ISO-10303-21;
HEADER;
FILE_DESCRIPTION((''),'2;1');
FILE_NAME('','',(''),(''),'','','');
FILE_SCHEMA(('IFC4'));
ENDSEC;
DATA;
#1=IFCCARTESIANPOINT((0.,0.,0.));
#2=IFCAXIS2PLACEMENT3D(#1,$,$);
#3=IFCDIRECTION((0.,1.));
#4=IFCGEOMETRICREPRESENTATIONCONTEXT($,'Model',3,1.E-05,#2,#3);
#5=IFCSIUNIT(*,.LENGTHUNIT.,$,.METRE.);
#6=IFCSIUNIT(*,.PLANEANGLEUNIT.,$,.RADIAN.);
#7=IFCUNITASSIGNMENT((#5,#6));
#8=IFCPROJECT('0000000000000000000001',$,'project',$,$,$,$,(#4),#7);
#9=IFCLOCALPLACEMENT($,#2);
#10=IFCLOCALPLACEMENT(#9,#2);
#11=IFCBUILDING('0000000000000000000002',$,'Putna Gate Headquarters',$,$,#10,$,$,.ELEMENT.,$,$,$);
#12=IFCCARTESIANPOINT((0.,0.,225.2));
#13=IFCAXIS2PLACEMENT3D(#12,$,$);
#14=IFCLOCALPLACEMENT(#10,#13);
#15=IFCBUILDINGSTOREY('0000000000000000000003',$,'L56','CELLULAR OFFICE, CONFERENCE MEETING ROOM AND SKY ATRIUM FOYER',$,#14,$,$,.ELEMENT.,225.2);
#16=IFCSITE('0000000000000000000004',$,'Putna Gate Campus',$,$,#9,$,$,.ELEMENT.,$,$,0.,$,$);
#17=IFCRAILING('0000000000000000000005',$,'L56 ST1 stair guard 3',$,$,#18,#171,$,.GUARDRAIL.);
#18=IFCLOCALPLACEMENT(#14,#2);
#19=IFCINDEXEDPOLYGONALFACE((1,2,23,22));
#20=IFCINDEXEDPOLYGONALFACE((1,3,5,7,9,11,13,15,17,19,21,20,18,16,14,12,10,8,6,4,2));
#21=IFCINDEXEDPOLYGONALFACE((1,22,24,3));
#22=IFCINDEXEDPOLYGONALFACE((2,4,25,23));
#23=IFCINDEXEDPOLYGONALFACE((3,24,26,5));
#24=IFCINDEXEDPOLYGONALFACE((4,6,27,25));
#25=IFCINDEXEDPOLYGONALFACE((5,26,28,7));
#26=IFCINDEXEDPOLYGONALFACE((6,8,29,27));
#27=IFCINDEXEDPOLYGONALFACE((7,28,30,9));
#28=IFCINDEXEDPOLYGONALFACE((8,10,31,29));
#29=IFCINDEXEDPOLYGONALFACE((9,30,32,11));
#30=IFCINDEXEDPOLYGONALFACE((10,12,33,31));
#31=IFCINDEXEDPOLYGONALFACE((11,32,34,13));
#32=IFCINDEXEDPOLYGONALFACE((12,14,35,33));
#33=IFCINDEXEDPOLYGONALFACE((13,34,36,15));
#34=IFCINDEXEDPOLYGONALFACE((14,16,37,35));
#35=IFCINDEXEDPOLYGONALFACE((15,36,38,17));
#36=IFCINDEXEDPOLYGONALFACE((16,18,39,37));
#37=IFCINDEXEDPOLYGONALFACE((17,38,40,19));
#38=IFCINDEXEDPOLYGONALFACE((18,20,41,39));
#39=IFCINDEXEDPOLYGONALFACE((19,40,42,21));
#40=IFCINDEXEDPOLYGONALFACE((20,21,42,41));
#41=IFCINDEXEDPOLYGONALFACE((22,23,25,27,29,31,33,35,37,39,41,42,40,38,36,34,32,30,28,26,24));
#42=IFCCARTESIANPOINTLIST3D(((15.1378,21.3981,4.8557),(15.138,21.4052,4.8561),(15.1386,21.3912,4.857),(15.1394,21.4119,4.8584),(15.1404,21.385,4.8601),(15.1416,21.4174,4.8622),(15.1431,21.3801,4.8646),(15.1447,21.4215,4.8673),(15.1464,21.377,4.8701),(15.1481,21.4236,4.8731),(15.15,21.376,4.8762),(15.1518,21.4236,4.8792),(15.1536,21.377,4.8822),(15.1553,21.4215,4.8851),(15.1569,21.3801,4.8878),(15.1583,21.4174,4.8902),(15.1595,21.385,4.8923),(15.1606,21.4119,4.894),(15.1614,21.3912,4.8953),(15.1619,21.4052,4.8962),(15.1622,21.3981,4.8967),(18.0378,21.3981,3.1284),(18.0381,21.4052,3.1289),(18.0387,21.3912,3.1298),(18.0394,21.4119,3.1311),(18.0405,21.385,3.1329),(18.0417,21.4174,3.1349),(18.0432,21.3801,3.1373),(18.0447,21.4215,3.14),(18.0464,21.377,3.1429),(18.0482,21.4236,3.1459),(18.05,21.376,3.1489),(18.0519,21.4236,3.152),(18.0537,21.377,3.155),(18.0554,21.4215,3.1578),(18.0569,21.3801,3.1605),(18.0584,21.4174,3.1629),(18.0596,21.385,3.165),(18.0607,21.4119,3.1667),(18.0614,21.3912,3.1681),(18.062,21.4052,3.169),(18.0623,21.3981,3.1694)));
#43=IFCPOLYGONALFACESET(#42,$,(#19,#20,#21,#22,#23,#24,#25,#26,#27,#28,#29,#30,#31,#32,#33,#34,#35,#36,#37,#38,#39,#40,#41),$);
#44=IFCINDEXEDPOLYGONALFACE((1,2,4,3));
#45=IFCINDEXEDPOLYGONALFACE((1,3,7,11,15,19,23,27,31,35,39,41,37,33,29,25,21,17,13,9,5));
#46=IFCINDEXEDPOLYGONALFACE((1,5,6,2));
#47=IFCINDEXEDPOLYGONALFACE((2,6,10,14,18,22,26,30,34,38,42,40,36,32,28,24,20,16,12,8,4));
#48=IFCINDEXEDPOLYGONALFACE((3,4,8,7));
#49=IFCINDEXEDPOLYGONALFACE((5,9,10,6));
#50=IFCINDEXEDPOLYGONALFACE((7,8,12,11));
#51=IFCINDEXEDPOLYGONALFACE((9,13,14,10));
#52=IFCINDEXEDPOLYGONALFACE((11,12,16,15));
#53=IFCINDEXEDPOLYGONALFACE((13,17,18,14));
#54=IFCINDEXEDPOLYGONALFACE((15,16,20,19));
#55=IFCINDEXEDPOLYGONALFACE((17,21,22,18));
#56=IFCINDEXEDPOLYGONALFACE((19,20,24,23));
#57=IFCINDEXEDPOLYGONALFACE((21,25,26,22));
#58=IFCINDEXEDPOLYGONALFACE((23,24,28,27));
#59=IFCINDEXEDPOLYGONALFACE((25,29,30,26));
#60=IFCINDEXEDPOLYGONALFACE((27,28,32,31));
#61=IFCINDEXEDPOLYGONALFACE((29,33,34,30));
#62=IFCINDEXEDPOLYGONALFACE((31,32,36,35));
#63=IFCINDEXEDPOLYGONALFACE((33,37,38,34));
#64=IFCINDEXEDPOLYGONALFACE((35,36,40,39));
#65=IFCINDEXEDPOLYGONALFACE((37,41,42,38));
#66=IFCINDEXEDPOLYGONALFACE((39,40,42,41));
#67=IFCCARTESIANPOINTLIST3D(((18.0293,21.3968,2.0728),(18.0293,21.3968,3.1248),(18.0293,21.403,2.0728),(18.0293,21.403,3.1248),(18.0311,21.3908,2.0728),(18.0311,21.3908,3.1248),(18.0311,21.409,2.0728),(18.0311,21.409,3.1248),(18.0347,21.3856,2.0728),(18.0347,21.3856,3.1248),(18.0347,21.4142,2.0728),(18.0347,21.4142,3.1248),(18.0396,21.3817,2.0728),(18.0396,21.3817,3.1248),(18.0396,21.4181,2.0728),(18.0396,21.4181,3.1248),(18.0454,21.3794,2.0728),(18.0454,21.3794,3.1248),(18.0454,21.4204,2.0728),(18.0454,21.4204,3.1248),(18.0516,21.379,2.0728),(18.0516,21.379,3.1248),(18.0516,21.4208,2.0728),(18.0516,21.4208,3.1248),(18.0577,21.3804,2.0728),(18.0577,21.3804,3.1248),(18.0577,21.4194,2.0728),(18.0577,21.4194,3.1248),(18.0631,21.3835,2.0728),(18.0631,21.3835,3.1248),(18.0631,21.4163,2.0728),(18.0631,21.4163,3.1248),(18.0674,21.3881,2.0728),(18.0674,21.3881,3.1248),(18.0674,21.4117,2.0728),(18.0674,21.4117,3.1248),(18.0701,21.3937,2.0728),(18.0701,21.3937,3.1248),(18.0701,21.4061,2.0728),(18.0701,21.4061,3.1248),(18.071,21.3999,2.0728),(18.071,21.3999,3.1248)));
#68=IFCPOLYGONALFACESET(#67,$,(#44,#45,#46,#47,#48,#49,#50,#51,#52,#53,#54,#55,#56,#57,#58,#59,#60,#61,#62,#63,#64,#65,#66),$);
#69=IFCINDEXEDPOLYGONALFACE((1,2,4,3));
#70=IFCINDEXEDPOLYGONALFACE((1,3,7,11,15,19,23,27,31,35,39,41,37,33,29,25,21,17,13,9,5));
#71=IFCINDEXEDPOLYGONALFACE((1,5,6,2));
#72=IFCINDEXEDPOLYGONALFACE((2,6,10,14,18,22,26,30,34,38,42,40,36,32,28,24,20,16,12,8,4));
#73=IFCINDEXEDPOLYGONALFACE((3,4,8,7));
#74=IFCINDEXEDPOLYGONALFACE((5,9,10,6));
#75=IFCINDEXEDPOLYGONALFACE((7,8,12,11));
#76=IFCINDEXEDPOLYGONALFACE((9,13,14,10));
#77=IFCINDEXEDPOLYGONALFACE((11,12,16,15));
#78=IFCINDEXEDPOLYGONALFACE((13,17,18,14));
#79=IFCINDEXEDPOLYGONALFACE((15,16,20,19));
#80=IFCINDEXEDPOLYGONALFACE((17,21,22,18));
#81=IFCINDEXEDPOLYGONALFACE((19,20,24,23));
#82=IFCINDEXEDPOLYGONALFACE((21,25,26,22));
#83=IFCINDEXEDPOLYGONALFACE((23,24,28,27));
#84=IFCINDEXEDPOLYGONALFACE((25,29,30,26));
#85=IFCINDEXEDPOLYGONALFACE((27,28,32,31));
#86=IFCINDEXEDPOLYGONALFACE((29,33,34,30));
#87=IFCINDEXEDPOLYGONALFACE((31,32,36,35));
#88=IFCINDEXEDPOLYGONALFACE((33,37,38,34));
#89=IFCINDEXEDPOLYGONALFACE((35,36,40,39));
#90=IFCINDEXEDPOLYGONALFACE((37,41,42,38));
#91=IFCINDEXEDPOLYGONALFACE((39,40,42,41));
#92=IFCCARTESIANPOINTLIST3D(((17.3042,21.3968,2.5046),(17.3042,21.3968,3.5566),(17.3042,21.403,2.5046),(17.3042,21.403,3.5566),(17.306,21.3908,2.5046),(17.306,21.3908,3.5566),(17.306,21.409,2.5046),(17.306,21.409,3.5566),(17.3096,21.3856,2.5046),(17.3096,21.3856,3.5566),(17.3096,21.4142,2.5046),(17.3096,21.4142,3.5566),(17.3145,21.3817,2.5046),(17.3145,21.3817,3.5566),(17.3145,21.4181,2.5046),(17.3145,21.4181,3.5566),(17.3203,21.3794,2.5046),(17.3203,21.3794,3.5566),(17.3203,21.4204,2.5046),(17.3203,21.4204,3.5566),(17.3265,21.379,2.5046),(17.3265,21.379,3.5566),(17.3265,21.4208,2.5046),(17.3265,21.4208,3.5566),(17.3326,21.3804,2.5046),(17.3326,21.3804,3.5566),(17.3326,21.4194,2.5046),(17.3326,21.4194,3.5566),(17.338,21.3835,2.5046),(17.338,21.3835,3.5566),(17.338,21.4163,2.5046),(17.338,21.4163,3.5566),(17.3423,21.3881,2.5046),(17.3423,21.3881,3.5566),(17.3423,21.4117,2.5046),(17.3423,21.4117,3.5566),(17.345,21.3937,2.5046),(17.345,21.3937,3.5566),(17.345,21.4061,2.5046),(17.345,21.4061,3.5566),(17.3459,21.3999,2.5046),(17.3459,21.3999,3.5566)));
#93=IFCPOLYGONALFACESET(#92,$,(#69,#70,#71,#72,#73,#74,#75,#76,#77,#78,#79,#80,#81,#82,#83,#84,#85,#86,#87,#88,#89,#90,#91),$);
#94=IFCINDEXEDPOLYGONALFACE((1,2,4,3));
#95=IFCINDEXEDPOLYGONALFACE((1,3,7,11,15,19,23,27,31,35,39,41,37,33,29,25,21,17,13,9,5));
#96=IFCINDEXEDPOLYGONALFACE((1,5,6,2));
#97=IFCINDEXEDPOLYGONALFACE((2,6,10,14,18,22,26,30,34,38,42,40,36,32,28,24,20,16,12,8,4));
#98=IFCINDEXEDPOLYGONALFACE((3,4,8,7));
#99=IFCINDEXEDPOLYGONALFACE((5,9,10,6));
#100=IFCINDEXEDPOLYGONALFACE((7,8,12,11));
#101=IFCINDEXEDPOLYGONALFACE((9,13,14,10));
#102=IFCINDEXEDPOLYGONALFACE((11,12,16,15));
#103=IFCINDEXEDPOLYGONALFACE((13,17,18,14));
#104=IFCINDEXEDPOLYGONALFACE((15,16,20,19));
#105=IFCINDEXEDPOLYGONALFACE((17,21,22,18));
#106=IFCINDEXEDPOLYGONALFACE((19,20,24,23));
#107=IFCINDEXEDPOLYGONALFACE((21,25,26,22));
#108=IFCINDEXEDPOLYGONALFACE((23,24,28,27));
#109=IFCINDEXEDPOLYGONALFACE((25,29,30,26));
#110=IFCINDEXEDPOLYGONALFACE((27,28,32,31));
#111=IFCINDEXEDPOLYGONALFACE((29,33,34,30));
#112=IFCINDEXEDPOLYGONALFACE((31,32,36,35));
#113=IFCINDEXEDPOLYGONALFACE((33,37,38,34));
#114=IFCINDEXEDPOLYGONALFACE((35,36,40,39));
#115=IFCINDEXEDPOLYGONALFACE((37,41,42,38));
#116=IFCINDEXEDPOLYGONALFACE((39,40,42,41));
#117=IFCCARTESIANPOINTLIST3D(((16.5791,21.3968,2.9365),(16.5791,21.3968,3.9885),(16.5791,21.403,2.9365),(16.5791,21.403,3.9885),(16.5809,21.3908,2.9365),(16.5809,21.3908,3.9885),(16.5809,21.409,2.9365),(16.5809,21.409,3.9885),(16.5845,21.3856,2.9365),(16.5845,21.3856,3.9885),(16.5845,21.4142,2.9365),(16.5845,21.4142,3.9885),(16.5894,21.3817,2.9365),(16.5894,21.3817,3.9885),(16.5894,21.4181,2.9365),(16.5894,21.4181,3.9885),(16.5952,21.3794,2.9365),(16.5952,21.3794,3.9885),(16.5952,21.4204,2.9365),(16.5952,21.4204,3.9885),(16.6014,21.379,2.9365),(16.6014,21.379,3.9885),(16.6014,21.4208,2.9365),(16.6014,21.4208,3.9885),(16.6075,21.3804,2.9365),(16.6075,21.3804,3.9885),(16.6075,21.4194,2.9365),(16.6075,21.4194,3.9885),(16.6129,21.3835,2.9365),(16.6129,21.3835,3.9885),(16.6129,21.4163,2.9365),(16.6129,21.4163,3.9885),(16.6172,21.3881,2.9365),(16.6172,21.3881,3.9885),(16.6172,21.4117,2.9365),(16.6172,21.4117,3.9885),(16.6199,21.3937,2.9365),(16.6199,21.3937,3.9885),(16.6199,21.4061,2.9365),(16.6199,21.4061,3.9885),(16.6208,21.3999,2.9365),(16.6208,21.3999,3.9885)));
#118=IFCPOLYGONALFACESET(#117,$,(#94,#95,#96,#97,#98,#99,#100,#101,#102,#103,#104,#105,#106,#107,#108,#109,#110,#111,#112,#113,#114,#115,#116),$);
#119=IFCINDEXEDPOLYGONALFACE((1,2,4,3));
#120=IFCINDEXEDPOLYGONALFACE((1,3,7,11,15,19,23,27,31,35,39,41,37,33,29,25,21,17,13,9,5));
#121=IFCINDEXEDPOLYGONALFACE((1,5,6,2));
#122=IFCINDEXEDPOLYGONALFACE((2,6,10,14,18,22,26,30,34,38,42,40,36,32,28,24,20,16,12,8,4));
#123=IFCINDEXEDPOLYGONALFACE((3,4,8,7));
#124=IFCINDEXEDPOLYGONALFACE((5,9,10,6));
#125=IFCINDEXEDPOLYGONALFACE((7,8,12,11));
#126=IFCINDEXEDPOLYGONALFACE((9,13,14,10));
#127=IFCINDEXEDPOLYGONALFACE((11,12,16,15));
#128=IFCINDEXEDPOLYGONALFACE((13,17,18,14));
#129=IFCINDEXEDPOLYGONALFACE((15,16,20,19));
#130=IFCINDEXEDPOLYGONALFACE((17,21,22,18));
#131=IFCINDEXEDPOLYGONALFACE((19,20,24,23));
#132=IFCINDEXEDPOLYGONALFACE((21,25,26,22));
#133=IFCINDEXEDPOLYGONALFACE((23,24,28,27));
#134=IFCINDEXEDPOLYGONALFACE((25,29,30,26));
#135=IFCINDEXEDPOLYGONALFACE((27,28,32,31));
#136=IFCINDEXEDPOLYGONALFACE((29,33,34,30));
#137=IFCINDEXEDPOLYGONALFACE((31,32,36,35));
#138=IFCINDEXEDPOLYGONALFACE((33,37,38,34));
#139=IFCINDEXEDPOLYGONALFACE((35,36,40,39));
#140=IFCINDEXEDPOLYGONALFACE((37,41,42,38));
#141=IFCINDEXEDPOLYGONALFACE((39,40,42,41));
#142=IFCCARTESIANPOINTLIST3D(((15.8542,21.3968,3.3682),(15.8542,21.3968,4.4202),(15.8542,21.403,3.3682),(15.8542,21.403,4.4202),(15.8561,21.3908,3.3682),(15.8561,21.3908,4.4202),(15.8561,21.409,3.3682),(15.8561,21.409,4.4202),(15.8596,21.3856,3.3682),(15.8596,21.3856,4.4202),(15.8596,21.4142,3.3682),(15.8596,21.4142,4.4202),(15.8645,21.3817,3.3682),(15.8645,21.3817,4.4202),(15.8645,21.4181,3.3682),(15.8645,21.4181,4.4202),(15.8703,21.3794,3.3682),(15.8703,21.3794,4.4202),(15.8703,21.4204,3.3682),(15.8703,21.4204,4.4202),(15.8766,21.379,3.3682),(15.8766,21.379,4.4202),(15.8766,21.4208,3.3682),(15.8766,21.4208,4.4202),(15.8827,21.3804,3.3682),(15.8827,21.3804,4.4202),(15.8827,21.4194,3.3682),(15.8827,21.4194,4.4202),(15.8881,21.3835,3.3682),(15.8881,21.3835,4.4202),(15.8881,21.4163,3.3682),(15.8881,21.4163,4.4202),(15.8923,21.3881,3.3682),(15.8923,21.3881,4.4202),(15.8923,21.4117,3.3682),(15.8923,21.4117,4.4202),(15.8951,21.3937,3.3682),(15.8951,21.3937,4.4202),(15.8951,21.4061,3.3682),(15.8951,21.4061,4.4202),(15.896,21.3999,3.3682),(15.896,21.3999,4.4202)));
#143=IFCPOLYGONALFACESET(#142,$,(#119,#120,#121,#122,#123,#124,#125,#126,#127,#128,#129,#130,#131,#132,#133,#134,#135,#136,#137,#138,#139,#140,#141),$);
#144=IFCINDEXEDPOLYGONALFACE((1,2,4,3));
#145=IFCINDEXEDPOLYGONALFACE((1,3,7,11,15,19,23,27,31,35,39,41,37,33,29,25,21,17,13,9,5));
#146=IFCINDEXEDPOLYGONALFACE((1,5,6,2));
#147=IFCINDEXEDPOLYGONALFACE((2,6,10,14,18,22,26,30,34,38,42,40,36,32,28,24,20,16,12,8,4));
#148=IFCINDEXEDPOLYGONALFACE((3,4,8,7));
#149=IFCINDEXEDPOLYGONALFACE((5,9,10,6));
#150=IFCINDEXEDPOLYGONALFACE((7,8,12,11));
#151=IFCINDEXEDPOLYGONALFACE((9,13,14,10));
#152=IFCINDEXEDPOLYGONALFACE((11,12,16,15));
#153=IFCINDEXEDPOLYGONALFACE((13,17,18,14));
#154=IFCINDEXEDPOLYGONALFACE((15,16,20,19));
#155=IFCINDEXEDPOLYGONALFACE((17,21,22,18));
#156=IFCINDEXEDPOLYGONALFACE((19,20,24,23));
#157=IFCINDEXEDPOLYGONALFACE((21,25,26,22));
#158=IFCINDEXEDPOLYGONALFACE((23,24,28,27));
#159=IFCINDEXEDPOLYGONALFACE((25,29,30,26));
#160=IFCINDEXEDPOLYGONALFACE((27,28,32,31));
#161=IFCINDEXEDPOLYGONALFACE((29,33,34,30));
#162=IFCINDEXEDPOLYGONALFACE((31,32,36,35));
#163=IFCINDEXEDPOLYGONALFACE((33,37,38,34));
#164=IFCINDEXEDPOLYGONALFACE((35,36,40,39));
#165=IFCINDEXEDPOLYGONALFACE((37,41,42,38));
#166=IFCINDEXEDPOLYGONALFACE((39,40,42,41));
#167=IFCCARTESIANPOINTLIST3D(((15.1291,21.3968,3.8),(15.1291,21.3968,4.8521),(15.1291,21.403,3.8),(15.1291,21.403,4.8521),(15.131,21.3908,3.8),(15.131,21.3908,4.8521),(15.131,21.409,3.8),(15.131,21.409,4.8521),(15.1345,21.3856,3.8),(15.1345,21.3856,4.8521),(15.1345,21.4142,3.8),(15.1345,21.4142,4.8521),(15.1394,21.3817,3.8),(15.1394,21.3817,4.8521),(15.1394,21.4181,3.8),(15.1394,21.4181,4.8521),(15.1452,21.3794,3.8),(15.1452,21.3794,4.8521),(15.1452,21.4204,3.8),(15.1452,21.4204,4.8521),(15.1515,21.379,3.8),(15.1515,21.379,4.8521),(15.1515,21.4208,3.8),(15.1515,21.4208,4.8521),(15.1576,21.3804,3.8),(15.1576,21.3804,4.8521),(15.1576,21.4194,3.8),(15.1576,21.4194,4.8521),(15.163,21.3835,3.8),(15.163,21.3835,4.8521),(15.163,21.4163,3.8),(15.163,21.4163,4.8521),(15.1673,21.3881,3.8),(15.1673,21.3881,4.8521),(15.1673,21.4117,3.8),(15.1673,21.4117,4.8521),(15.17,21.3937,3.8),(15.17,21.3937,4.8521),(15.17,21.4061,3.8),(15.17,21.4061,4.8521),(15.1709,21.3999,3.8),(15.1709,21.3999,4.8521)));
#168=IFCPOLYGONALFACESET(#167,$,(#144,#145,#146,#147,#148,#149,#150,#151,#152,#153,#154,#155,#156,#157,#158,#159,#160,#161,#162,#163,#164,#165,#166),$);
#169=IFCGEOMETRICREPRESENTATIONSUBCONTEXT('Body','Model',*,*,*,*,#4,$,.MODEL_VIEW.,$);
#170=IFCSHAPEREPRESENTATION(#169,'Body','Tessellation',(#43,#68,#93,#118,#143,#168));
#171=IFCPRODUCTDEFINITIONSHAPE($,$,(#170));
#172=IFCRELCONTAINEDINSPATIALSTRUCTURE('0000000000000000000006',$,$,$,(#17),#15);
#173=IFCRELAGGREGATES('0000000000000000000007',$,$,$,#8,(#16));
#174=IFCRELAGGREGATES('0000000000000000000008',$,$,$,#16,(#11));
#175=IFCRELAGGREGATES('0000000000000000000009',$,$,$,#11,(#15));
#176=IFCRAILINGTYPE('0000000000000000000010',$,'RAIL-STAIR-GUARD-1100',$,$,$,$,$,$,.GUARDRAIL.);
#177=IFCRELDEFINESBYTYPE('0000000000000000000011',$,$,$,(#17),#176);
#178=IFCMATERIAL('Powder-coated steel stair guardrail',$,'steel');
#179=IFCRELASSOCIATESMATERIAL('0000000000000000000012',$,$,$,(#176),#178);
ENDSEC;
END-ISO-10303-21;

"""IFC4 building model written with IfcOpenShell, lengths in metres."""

from ifc_helpers import new_model, si_unit, direction, frame, origin, origin_2d, place, context, subcontext, project, spatial, circle, extrude, material, type_object, element, save


model = new_model("IFC4")

# Units and contexts
model_context = context("Model", 3, precision=1e-05, world=origin(), true_north=direction((0.0, 1.0)))
body_context = subcontext(model_context, "Body", "Model", "MODEL_VIEW")
ifc_project = project(units=[si_unit("LENGTHUNIT", "METRE"), si_unit("PLANEANGLEUNIT", "RADIAN")], contexts=[model_context])

# Site, building, storey
site_placement = place(None, origin())
site = spatial("IfcSite", under=ifc_project, at=site_placement, Name="Putna Gate Campus", CompositionType="ELEMENT", RefElevation=0.0)
building_placement = place(site_placement, origin())
building = spatial("IfcBuilding", under=site, at=building_placement, Name="Putna Gate Headquarters", CompositionType="ELEMENT")
storey_placement = place(building_placement, frame((0.0, 0.0, 225.2)))
storey = spatial("IfcBuildingStorey", under=building, at=storey_placement, Name="L56", Description="CELLULAR OFFICE, CONFERENCE MEETING ROOM AND SKY ATRIUM FOYER", CompositionType="ELEMENT", Elevation=225.2)

# Railing
ifc_material_1 = material(Name="Powder-coated steel stair guardrail", Category="steel")
railing_type = type_object("IfcRailingType", Name="RAIL-STAIR-GUARD-1100", PredefinedType="GUARDRAIL", material=ifc_material_1)
railing_1_placement = place(storey_placement, frame((18.05, 21.3999, 2.0728)))
element("IfcRailing", 1, at=railing_1_placement, inside=storey, type_object=railing_type, Name="L56 ST1 stair guard 3", PredefinedType="GUARDRAIL", context=body_context, shape_type="SweptSolid", body=[
    extrude(circle(Radius=0.0239, at=origin_2d()), frame((0.0, 0.0, 1.0762), z_axis=(-0.85916, 0.0, 0.511706), x_axis=(0.0, -1.0, 0.0)), (0.0, 0.0, 1.0), 3.3755),
    extrude(circle(Radius=0.021, at=origin_2d()), origin(), (0.0, 0.0, 1.0), 1.052),
    extrude(circle(Radius=0.021, at=origin_2d()), frame((-0.7251, 0.0, 0.4319)), (0.0, 0.0, 1.0), 1.052),
    extrude(circle(Radius=0.021, at=origin_2d()), frame((-1.4502, 0.0, 0.8638)), (0.0, 0.0, 1.0), 1.052),
    extrude(circle(Radius=0.021, at=origin_2d()), frame((-2.175, 0.0, 1.2954)), (0.0, 0.0, 1.0), 1.052),
    extrude(circle(Radius=0.021, at=origin_2d()), frame((-2.9001, 0.0, 1.7273)), (0.0, 0.0, 1.0), 1.052),
])

save(model, "model.ifc")
